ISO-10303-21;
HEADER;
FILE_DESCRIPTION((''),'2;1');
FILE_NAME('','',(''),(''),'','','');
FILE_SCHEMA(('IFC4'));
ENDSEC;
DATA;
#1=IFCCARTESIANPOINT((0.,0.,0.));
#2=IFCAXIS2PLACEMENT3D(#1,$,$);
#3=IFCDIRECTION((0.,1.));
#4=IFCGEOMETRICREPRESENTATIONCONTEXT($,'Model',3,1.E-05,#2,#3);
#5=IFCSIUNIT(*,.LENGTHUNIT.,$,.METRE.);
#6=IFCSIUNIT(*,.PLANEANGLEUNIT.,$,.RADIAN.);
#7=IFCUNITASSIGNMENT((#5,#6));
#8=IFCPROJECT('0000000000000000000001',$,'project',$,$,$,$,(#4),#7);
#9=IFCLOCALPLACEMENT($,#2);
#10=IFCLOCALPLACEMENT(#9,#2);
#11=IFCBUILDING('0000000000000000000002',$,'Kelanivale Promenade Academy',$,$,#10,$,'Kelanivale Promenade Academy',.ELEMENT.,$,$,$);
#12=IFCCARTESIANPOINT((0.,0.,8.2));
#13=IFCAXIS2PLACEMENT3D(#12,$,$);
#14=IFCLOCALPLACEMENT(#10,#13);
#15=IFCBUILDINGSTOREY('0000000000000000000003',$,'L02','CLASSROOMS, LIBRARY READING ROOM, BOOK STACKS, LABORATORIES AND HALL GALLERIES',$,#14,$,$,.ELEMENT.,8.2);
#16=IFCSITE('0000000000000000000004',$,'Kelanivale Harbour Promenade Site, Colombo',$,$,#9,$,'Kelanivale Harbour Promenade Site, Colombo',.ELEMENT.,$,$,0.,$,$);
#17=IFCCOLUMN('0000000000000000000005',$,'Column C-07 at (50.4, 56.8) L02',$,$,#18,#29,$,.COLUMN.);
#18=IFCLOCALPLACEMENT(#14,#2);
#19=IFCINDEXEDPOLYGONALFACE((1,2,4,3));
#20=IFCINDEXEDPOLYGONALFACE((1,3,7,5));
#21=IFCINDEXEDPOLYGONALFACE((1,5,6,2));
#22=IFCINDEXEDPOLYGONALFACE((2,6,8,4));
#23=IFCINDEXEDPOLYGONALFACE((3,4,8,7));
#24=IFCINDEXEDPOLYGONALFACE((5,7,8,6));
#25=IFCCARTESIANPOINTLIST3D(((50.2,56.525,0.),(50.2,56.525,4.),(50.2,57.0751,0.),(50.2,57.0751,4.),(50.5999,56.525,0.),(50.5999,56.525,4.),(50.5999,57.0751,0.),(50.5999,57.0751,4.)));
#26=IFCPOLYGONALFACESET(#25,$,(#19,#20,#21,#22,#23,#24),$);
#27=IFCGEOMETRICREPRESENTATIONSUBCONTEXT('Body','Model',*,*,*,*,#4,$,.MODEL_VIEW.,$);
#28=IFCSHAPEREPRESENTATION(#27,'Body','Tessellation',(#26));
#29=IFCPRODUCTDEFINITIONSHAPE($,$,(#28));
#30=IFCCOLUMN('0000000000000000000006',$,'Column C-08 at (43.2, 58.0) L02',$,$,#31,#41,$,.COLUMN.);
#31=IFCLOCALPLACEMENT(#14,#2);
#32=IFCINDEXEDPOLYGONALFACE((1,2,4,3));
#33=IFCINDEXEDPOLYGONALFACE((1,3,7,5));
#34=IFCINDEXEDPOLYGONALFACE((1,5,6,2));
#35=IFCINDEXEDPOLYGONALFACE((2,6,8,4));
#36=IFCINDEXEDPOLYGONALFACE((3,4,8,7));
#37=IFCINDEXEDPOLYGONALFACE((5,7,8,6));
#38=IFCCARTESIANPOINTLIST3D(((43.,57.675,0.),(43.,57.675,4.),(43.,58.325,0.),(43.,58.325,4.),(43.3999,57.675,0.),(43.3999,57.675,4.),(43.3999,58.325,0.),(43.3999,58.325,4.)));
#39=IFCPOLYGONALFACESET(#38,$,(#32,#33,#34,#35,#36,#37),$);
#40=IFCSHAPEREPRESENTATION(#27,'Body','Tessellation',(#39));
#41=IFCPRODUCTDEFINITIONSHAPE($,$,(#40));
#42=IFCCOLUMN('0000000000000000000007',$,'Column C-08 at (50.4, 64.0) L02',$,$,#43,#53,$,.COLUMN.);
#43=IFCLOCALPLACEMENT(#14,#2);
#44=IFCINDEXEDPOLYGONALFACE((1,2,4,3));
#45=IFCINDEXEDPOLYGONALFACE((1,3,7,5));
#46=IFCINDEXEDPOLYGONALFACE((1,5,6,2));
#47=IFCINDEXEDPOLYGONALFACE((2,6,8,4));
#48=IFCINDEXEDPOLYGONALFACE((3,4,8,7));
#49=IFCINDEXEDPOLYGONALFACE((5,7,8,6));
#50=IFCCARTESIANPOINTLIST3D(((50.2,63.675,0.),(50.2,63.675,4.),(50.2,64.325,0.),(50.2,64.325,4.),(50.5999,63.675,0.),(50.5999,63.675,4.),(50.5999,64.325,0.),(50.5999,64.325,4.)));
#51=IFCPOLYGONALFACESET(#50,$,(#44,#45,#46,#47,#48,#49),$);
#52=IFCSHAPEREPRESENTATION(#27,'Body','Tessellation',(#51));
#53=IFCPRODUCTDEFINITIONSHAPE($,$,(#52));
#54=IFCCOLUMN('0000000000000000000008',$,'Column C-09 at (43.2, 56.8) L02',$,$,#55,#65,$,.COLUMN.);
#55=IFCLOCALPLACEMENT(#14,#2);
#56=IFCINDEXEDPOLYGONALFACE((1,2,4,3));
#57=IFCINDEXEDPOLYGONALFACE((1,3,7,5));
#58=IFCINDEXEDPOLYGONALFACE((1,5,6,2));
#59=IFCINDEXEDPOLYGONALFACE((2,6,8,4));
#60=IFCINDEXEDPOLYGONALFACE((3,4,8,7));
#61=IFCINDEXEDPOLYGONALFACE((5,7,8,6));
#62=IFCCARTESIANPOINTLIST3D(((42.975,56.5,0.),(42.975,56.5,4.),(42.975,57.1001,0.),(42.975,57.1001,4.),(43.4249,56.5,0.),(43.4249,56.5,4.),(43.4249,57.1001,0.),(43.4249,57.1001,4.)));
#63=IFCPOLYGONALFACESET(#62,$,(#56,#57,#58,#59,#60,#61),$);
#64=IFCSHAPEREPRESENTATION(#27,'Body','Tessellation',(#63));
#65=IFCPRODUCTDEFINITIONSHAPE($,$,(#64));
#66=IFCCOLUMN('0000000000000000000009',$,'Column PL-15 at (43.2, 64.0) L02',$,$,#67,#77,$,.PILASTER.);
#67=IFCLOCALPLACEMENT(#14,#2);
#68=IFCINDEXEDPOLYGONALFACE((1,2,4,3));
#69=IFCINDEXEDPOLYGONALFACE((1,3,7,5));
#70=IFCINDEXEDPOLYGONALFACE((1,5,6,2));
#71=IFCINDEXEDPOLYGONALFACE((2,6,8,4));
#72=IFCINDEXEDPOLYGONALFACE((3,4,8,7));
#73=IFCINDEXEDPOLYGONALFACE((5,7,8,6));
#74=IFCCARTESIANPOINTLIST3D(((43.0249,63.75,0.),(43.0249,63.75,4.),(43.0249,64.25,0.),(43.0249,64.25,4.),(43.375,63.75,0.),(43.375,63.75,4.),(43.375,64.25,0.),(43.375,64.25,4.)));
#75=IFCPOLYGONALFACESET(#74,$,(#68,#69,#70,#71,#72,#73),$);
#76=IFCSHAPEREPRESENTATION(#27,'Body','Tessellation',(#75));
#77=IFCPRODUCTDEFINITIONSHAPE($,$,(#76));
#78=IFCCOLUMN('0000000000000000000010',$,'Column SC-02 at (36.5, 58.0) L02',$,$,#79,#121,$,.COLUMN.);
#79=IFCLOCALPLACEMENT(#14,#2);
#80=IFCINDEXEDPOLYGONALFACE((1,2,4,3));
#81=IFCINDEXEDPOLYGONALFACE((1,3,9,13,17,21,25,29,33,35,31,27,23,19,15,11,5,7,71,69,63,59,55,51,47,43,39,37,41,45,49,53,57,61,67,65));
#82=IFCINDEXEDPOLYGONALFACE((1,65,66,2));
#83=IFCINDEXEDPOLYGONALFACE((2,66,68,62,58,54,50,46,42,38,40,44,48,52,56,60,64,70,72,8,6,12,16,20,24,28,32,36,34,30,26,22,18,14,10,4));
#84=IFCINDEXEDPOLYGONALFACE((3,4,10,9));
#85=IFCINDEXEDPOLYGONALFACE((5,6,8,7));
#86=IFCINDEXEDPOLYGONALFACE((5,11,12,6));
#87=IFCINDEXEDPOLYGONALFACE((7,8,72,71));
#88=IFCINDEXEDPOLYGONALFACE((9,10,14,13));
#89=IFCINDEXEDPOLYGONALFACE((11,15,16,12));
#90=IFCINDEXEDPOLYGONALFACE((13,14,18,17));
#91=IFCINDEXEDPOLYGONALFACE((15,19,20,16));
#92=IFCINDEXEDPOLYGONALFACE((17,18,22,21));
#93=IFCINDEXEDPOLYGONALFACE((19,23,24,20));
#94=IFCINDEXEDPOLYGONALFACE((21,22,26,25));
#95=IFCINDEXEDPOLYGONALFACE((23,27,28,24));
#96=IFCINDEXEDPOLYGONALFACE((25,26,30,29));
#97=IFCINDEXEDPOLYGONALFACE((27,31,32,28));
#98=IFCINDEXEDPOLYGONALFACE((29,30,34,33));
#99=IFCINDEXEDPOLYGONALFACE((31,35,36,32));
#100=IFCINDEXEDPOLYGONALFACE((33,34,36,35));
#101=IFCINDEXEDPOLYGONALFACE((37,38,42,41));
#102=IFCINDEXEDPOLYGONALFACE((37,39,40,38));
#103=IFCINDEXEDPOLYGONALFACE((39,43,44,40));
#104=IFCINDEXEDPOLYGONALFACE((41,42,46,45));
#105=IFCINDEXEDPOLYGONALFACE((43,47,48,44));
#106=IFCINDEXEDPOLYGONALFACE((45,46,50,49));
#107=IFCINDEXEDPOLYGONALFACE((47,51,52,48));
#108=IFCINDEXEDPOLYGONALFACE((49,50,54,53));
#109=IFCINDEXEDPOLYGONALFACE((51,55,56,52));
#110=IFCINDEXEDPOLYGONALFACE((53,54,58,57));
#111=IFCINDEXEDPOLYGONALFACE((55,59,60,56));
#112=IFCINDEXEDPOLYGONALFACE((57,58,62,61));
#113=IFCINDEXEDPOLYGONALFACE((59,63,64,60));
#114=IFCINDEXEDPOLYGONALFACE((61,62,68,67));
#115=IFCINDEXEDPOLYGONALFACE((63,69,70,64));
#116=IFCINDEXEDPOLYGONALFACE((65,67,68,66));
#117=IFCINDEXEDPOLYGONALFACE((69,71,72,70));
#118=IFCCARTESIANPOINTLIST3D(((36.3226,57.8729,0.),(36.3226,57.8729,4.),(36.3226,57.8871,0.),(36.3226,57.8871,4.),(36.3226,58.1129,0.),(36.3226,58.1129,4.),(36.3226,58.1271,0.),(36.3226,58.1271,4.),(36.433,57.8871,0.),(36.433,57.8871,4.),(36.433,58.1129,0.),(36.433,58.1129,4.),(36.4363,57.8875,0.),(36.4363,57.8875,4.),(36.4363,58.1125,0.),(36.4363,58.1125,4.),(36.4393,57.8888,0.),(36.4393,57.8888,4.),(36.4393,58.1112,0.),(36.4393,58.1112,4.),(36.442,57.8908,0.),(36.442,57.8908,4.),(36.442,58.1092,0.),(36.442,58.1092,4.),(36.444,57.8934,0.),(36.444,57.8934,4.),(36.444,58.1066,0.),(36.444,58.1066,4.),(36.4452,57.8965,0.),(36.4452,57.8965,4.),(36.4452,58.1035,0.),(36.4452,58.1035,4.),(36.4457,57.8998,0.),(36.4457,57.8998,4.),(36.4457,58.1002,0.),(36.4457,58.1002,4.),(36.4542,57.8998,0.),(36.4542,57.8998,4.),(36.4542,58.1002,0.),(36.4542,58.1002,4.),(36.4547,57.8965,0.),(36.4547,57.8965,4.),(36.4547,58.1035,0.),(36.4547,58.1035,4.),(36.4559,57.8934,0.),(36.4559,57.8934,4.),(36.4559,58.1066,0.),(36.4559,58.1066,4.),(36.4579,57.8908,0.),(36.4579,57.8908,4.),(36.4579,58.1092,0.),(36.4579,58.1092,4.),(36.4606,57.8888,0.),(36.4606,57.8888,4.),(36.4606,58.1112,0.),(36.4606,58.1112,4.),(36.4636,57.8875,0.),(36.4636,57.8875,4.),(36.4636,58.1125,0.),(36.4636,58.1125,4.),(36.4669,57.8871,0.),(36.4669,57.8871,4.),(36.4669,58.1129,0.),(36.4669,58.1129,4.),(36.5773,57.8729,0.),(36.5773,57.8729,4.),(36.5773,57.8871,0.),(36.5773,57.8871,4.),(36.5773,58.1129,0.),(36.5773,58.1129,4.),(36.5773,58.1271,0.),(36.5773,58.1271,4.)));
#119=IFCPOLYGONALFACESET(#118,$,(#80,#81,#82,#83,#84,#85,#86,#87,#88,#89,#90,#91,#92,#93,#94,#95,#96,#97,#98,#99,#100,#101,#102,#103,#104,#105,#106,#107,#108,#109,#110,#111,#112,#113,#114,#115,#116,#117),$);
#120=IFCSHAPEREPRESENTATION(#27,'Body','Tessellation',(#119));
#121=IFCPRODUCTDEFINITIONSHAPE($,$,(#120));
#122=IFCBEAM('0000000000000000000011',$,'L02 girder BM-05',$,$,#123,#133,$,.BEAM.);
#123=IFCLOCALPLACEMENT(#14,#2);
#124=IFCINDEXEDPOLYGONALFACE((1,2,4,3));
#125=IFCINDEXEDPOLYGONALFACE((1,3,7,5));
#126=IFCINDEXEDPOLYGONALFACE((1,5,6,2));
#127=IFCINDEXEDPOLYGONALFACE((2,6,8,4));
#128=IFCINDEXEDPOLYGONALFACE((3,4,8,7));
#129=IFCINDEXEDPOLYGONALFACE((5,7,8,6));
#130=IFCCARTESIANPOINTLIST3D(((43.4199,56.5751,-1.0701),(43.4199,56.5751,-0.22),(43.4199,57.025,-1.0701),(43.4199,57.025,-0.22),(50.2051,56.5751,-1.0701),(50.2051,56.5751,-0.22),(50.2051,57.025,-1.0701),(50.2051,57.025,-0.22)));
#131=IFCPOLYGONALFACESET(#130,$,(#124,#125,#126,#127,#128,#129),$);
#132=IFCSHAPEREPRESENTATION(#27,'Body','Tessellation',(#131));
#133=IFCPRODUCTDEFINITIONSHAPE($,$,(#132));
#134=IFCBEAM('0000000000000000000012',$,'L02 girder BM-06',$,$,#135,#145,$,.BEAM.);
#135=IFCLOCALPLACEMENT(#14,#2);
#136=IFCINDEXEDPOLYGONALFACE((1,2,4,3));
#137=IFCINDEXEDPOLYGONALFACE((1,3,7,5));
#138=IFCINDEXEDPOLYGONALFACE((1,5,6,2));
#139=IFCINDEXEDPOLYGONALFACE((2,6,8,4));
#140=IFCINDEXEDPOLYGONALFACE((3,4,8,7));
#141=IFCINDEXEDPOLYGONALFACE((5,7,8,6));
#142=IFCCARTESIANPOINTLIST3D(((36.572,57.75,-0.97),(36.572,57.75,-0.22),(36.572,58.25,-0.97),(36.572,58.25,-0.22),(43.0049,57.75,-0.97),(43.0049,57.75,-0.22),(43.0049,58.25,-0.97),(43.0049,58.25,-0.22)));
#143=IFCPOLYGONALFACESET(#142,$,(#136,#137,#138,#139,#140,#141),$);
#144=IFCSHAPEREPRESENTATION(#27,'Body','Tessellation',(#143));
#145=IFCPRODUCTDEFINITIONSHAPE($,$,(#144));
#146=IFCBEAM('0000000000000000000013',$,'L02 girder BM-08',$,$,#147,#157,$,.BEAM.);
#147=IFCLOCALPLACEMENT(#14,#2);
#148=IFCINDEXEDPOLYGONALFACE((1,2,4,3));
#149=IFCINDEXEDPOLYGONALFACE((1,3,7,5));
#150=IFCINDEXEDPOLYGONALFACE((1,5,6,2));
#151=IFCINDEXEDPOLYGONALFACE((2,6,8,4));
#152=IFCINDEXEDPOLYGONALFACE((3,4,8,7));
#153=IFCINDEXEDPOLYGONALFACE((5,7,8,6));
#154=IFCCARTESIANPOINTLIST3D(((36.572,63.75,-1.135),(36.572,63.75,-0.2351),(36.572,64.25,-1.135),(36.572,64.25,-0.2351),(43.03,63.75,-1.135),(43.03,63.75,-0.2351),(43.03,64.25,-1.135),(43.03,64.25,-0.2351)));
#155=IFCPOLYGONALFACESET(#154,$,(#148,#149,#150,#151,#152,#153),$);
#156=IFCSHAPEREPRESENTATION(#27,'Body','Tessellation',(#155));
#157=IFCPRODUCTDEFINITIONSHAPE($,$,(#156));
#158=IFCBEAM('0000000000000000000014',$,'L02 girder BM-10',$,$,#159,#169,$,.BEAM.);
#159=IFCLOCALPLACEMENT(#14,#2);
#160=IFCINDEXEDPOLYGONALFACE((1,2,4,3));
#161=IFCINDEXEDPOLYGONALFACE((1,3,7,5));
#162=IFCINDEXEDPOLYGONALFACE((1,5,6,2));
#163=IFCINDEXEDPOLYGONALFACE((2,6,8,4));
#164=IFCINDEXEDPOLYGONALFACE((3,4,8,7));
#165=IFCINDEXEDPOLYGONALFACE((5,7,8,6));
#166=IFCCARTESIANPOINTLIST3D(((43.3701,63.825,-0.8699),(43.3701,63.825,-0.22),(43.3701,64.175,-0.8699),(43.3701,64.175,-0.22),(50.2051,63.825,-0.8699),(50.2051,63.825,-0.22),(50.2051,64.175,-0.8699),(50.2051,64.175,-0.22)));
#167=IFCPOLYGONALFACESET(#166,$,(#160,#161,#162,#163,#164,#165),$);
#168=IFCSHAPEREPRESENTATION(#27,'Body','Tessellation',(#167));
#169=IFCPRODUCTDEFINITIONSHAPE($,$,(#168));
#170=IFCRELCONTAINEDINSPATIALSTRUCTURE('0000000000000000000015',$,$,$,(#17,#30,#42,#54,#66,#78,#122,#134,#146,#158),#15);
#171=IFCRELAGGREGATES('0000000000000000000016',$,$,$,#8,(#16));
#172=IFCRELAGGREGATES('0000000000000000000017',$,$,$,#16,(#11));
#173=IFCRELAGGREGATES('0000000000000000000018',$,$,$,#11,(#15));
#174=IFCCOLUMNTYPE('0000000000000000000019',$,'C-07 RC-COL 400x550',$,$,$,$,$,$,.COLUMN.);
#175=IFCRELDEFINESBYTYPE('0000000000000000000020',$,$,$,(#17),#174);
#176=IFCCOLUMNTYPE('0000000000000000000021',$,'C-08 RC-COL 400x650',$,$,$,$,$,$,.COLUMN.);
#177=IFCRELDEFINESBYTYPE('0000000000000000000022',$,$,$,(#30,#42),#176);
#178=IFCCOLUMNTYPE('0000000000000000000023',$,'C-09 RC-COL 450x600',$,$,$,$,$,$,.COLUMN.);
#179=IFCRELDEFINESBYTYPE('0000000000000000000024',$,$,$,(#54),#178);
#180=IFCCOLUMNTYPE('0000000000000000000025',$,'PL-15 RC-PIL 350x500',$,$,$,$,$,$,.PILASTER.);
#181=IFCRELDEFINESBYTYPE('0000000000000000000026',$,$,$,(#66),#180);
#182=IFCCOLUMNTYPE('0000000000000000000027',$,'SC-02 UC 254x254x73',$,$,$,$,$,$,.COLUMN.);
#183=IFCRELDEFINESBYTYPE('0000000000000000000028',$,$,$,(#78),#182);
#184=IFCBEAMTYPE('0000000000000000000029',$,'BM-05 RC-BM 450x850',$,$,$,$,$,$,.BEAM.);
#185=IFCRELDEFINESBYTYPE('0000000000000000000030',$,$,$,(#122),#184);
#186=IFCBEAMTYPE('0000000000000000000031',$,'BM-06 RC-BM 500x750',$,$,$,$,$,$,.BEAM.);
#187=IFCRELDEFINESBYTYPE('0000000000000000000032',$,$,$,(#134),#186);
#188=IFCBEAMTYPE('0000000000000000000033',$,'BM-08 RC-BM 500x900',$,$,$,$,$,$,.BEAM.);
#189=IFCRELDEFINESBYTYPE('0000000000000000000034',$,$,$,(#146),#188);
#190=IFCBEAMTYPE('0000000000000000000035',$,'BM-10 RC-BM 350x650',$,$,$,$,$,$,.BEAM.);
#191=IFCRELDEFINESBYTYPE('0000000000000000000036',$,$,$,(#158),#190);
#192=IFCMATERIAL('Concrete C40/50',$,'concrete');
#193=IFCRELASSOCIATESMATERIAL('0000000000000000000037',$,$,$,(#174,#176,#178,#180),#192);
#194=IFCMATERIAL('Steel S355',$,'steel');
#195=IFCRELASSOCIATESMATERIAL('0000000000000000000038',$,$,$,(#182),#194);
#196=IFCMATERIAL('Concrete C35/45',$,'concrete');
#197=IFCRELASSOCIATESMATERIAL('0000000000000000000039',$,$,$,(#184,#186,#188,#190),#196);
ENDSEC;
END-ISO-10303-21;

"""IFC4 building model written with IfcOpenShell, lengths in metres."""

from ifc_helpers import new_model, si_unit, direction, frame, origin, origin_2d, place, context, subcontext, project, spatial, rectangle, i_section, extrude, material, material_profile, profile_set, type_object, element, save


model = new_model("IFC4")

# Units and contexts
model_context = context("Model", 3, precision=1e-05, world=origin(), true_north=direction((0.0, 1.0)))
body_context = subcontext(model_context, "Body", "Model", "MODEL_VIEW")
ifc_project = project(units=[si_unit("LENGTHUNIT", "METRE"), si_unit("PLANEANGLEUNIT", "RADIAN")], contexts=[model_context])

# Site, building, storey
site_placement = place(None, origin())
site = spatial("IfcSite", under=ifc_project, at=site_placement, Name="Kelanivale Harbour Promenade Site, Colombo", LongName="Kelanivale Harbour Promenade Site, Colombo", CompositionType="ELEMENT", RefElevation=0.0)
building_placement = place(site_placement, origin())
building = spatial("IfcBuilding", under=site, at=building_placement, Name="Kelanivale Promenade Academy", LongName="Kelanivale Promenade Academy", CompositionType="ELEMENT")
storey_placement = place(building_placement, frame((0.0, 0.0, 8.2)))
storey = spatial("IfcBuildingStorey", under=building, at=storey_placement, Name="L02", Description="CLASSROOMS, LIBRARY READING ROOM, BOOK STACKS, LABORATORIES AND HALL GALLERIES", CompositionType="ELEMENT", Elevation=8.2)

# Columns
ifc_material_1 = material(Name="Concrete C40/50", Category="concrete")
ifc_material_profile_1 = material_profile(ifc_material_1, rectangle(XDim=0.3999, YDim=0.55, at=origin_2d()), Name="RC-COL 400x550")
ifc_profile_set_1 = profile_set([ifc_material_profile_1], Name="Concrete C40/50")
column_type_1 = type_object("IfcColumnType", Name="C-07 RC-COL 400x550", PredefinedType="COLUMN", material=ifc_profile_set_1)
column_1_placement = place(storey_placement, frame((50.3999, 56.8, 0.0), z_axis=(0.0, 0.0, 1.0), x_axis=(1.0, 0.0, 0.0)))
element("IfcColumn", 1, at=column_1_placement, inside=storey, type_object=column_type_1, Name="Column C-07 at (50.4, 56.8) L02", PredefinedType="COLUMN", context=body_context, shape_type="SweptSolid", body=[
    extrude(rectangle(XDim=0.3999, YDim=0.55, at=origin_2d()), origin(), (0.0, 0.0, 1.0), 4.0),
])
ifc_material_profile_2 = material_profile(ifc_material_1, rectangle(XDim=0.3999, YDim=0.6499, at=origin_2d()), Name="RC-COL 400x650")
ifc_profile_set_2 = profile_set([ifc_material_profile_2], Name="Concrete C40/50")
column_type_2 = type_object("IfcColumnType", Name="C-08 RC-COL 400x650", PredefinedType="COLUMN", material=ifc_profile_set_2)
for number, where, z_axis, x_axis, name in (
    (2, (43.2, 58.0, 0.0), (0.0, 0.0, 1.0), (1.0, 0.0, 0.0), "Column C-08 at (43.2, 58.0) L02"),
    (3, (50.3999, 64.0, 0.0), (0.0, 0.0, 1.0), (1.0, 0.0, 0.0), "Column C-08 at (50.4, 64.0) L02"),
):
    element("IfcColumn", number, at=place(storey_placement, frame(where, z_axis=z_axis, x_axis=x_axis)), inside=storey, type_object=column_type_2, Name=name, PredefinedType="COLUMN", context=body_context, shape_type="SweptSolid", body=[
        extrude(rectangle(XDim=0.3999, YDim=0.6499, at=origin_2d()), origin(), (0.0, 0.0, 1.0), 4.0),
    ])
ifc_material_profile_3 = material_profile(ifc_material_1, rectangle(XDim=0.45, YDim=0.6001, at=origin_2d()), Name="RC-COL 450x600")
ifc_profile_set_3 = profile_set([ifc_material_profile_3], Name="Concrete C40/50")
column_type_3 = type_object("IfcColumnType", Name="C-09 RC-COL 450x600", PredefinedType="COLUMN", material=ifc_profile_set_3)
column_2_placement = place(storey_placement, frame((43.2, 56.8, 0.0), z_axis=(0.0, 0.0, 1.0), x_axis=(1.0, 0.0, 0.0)))
element("IfcColumn", 4, at=column_2_placement, inside=storey, type_object=column_type_3, Name="Column C-09 at (43.2, 56.8) L02", PredefinedType="COLUMN", context=body_context, shape_type="SweptSolid", body=[
    extrude(rectangle(XDim=0.45, YDim=0.6001, at=origin_2d()), origin(), (0.0, 0.0, 1.0), 4.0),
])
ifc_material_profile_4 = material_profile(ifc_material_1, rectangle(XDim=0.3501, YDim=0.5, at=origin_2d()), Name="RC-PIL 350x500")
ifc_profile_set_4 = profile_set([ifc_material_profile_4], Name="Concrete C40/50")
column_type_4 = type_object("IfcColumnType", Name="PL-15 RC-PIL 350x500", PredefinedType="PILASTER", material=ifc_profile_set_4)
column_3_placement = place(storey_placement, frame((43.2, 64.0, 0.0), z_axis=(0.0, 0.0, 1.0), x_axis=(1.0, 0.0, 0.0)))
element("IfcColumn", 5, at=column_3_placement, inside=storey, type_object=column_type_4, Name="Column PL-15 at (43.2, 64.0) L02", PredefinedType="PILASTER", context=body_context, shape_type="SweptSolid", body=[
    extrude(rectangle(XDim=0.3501, YDim=0.5, at=origin_2d()), origin(), (0.0, 0.0, 1.0), 4.0),
])
ifc_material_2 = material(Name="Steel S355", Category="steel")
ifc_material_profile_5 = material_profile(ifc_material_2, i_section(OverallWidth=0.2546, OverallDepth=0.2542, WebThickness=0.0085, FlangeThickness=0.0142, FilletRadius=0.0127, at=origin_2d()), Name="UC 254x254x73")
ifc_profile_set_5 = profile_set([ifc_material_profile_5], Name="Steel S355")
column_type_5 = type_object("IfcColumnType", Name="SC-02 UC 254x254x73", PredefinedType="COLUMN", material=ifc_profile_set_5)
column_4_placement = place(storey_placement, frame((36.45, 58.0, 0.0), z_axis=(0.0, 0.0, 1.0), x_axis=(1.0, 0.0, 0.0)))
element("IfcColumn", 6, at=column_4_placement, inside=storey, type_object=column_type_5, Name="Column SC-02 at (36.5, 58.0) L02", PredefinedType="COLUMN", context=body_context, shape_type="SweptSolid", body=[
    extrude(i_section(OverallWidth=0.2546, OverallDepth=0.2542, WebThickness=0.0085, FlangeThickness=0.0142, FilletRadius=0.0127, at=origin_2d()), origin(), (0.0, 0.0, 1.0), 4.0),
])

# Beams
ifc_material_3 = material(Name="Concrete C35/45", Category="concrete")
ifc_material_profile_6 = material_profile(ifc_material_3, rectangle(XDim=0.45, YDim=0.8501, at=origin_2d()), Name="RC-BM 450x850")
ifc_profile_set_6 = profile_set([ifc_material_profile_6], Name="Concrete C35/45")
beam_type_1 = type_object("IfcBeamType", Name="BM-05 RC-BM 450x850", PredefinedType="BEAM", material=ifc_profile_set_6)
beam_1_placement = place(storey_placement, frame((43.4199, 56.8, -0.645), z_axis=(1.0, 0.0, 0.0), x_axis=(0.0, 1.0, 0.0)))
element("IfcBeam", 7, at=beam_1_placement, inside=storey, type_object=beam_type_1, Name="L02 girder BM-05", PredefinedType="BEAM", context=body_context, shape_type="SweptSolid", body=[
    extrude(rectangle(XDim=0.45, YDim=0.8501, at=origin_2d()), origin(), (0.0, 0.0, 1.0), 6.7852),
])
ifc_material_profile_7 = material_profile(ifc_material_3, rectangle(XDim=0.5, YDim=0.75, at=origin_2d()), Name="RC-BM 500x750")
ifc_profile_set_7 = profile_set([ifc_material_profile_7], Name="Concrete C35/45")
beam_type_2 = type_object("IfcBeamType", Name="BM-06 RC-BM 500x750", PredefinedType="BEAM", material=ifc_profile_set_7)
beam_2_placement = place(storey_placement, frame((36.572, 58.0, -0.595), z_axis=(1.0, 0.0, 0.0), x_axis=(0.0, 1.0, 0.0)))
element("IfcBeam", 8, at=beam_2_placement, inside=storey, type_object=beam_type_2, Name="L02 girder BM-06", PredefinedType="BEAM", context=body_context, shape_type="SweptSolid", body=[
    extrude(rectangle(XDim=0.5, YDim=0.75, at=origin_2d()), origin(), (0.0, 0.0, 1.0), 6.4329),
])
ifc_material_profile_8 = material_profile(ifc_material_3, rectangle(XDim=0.5, YDim=0.8999, at=origin_2d()), Name="RC-BM 500x900")
ifc_profile_set_8 = profile_set([ifc_material_profile_8], Name="Concrete C35/45")
beam_type_3 = type_object("IfcBeamType", Name="BM-08 RC-BM 500x900", PredefinedType="BEAM", material=ifc_profile_set_8)
beam_3_placement = place(storey_placement, frame((36.572, 64.0, -0.6851), z_axis=(1.0, 0.0, 0.0), x_axis=(0.0, 1.0, 0.0)))
element("IfcBeam", 9, at=beam_3_placement, inside=storey, type_object=beam_type_3, Name="L02 girder BM-08", PredefinedType="BEAM", context=body_context, shape_type="SweptSolid", body=[
    extrude(rectangle(XDim=0.5, YDim=0.8999, at=origin_2d()), origin(), (0.0, 0.0, 1.0), 6.458),
])
ifc_material_profile_9 = material_profile(ifc_material_3, rectangle(XDim=0.3501, YDim=0.6499, at=origin_2d()), Name="RC-BM 350x650")
ifc_profile_set_9 = profile_set([ifc_material_profile_9], Name="Concrete C35/45")
beam_type_4 = type_object("IfcBeamType", Name="BM-10 RC-BM 350x650", PredefinedType="BEAM", material=ifc_profile_set_9)
beam_4_placement = place(storey_placement, frame((43.3701, 64.0, -0.5449), z_axis=(1.0, 0.0, 0.0), x_axis=(0.0, 1.0, 0.0)))
element("IfcBeam", 10, at=beam_4_placement, inside=storey, type_object=beam_type_4, Name="L02 girder BM-10", PredefinedType="BEAM", context=body_context, shape_type="SweptSolid", body=[
    extrude(rectangle(XDim=0.3501, YDim=0.6499, at=origin_2d()), origin(), (0.0, 0.0, 1.0), 6.835),
])

save(model, "model.ifc")
